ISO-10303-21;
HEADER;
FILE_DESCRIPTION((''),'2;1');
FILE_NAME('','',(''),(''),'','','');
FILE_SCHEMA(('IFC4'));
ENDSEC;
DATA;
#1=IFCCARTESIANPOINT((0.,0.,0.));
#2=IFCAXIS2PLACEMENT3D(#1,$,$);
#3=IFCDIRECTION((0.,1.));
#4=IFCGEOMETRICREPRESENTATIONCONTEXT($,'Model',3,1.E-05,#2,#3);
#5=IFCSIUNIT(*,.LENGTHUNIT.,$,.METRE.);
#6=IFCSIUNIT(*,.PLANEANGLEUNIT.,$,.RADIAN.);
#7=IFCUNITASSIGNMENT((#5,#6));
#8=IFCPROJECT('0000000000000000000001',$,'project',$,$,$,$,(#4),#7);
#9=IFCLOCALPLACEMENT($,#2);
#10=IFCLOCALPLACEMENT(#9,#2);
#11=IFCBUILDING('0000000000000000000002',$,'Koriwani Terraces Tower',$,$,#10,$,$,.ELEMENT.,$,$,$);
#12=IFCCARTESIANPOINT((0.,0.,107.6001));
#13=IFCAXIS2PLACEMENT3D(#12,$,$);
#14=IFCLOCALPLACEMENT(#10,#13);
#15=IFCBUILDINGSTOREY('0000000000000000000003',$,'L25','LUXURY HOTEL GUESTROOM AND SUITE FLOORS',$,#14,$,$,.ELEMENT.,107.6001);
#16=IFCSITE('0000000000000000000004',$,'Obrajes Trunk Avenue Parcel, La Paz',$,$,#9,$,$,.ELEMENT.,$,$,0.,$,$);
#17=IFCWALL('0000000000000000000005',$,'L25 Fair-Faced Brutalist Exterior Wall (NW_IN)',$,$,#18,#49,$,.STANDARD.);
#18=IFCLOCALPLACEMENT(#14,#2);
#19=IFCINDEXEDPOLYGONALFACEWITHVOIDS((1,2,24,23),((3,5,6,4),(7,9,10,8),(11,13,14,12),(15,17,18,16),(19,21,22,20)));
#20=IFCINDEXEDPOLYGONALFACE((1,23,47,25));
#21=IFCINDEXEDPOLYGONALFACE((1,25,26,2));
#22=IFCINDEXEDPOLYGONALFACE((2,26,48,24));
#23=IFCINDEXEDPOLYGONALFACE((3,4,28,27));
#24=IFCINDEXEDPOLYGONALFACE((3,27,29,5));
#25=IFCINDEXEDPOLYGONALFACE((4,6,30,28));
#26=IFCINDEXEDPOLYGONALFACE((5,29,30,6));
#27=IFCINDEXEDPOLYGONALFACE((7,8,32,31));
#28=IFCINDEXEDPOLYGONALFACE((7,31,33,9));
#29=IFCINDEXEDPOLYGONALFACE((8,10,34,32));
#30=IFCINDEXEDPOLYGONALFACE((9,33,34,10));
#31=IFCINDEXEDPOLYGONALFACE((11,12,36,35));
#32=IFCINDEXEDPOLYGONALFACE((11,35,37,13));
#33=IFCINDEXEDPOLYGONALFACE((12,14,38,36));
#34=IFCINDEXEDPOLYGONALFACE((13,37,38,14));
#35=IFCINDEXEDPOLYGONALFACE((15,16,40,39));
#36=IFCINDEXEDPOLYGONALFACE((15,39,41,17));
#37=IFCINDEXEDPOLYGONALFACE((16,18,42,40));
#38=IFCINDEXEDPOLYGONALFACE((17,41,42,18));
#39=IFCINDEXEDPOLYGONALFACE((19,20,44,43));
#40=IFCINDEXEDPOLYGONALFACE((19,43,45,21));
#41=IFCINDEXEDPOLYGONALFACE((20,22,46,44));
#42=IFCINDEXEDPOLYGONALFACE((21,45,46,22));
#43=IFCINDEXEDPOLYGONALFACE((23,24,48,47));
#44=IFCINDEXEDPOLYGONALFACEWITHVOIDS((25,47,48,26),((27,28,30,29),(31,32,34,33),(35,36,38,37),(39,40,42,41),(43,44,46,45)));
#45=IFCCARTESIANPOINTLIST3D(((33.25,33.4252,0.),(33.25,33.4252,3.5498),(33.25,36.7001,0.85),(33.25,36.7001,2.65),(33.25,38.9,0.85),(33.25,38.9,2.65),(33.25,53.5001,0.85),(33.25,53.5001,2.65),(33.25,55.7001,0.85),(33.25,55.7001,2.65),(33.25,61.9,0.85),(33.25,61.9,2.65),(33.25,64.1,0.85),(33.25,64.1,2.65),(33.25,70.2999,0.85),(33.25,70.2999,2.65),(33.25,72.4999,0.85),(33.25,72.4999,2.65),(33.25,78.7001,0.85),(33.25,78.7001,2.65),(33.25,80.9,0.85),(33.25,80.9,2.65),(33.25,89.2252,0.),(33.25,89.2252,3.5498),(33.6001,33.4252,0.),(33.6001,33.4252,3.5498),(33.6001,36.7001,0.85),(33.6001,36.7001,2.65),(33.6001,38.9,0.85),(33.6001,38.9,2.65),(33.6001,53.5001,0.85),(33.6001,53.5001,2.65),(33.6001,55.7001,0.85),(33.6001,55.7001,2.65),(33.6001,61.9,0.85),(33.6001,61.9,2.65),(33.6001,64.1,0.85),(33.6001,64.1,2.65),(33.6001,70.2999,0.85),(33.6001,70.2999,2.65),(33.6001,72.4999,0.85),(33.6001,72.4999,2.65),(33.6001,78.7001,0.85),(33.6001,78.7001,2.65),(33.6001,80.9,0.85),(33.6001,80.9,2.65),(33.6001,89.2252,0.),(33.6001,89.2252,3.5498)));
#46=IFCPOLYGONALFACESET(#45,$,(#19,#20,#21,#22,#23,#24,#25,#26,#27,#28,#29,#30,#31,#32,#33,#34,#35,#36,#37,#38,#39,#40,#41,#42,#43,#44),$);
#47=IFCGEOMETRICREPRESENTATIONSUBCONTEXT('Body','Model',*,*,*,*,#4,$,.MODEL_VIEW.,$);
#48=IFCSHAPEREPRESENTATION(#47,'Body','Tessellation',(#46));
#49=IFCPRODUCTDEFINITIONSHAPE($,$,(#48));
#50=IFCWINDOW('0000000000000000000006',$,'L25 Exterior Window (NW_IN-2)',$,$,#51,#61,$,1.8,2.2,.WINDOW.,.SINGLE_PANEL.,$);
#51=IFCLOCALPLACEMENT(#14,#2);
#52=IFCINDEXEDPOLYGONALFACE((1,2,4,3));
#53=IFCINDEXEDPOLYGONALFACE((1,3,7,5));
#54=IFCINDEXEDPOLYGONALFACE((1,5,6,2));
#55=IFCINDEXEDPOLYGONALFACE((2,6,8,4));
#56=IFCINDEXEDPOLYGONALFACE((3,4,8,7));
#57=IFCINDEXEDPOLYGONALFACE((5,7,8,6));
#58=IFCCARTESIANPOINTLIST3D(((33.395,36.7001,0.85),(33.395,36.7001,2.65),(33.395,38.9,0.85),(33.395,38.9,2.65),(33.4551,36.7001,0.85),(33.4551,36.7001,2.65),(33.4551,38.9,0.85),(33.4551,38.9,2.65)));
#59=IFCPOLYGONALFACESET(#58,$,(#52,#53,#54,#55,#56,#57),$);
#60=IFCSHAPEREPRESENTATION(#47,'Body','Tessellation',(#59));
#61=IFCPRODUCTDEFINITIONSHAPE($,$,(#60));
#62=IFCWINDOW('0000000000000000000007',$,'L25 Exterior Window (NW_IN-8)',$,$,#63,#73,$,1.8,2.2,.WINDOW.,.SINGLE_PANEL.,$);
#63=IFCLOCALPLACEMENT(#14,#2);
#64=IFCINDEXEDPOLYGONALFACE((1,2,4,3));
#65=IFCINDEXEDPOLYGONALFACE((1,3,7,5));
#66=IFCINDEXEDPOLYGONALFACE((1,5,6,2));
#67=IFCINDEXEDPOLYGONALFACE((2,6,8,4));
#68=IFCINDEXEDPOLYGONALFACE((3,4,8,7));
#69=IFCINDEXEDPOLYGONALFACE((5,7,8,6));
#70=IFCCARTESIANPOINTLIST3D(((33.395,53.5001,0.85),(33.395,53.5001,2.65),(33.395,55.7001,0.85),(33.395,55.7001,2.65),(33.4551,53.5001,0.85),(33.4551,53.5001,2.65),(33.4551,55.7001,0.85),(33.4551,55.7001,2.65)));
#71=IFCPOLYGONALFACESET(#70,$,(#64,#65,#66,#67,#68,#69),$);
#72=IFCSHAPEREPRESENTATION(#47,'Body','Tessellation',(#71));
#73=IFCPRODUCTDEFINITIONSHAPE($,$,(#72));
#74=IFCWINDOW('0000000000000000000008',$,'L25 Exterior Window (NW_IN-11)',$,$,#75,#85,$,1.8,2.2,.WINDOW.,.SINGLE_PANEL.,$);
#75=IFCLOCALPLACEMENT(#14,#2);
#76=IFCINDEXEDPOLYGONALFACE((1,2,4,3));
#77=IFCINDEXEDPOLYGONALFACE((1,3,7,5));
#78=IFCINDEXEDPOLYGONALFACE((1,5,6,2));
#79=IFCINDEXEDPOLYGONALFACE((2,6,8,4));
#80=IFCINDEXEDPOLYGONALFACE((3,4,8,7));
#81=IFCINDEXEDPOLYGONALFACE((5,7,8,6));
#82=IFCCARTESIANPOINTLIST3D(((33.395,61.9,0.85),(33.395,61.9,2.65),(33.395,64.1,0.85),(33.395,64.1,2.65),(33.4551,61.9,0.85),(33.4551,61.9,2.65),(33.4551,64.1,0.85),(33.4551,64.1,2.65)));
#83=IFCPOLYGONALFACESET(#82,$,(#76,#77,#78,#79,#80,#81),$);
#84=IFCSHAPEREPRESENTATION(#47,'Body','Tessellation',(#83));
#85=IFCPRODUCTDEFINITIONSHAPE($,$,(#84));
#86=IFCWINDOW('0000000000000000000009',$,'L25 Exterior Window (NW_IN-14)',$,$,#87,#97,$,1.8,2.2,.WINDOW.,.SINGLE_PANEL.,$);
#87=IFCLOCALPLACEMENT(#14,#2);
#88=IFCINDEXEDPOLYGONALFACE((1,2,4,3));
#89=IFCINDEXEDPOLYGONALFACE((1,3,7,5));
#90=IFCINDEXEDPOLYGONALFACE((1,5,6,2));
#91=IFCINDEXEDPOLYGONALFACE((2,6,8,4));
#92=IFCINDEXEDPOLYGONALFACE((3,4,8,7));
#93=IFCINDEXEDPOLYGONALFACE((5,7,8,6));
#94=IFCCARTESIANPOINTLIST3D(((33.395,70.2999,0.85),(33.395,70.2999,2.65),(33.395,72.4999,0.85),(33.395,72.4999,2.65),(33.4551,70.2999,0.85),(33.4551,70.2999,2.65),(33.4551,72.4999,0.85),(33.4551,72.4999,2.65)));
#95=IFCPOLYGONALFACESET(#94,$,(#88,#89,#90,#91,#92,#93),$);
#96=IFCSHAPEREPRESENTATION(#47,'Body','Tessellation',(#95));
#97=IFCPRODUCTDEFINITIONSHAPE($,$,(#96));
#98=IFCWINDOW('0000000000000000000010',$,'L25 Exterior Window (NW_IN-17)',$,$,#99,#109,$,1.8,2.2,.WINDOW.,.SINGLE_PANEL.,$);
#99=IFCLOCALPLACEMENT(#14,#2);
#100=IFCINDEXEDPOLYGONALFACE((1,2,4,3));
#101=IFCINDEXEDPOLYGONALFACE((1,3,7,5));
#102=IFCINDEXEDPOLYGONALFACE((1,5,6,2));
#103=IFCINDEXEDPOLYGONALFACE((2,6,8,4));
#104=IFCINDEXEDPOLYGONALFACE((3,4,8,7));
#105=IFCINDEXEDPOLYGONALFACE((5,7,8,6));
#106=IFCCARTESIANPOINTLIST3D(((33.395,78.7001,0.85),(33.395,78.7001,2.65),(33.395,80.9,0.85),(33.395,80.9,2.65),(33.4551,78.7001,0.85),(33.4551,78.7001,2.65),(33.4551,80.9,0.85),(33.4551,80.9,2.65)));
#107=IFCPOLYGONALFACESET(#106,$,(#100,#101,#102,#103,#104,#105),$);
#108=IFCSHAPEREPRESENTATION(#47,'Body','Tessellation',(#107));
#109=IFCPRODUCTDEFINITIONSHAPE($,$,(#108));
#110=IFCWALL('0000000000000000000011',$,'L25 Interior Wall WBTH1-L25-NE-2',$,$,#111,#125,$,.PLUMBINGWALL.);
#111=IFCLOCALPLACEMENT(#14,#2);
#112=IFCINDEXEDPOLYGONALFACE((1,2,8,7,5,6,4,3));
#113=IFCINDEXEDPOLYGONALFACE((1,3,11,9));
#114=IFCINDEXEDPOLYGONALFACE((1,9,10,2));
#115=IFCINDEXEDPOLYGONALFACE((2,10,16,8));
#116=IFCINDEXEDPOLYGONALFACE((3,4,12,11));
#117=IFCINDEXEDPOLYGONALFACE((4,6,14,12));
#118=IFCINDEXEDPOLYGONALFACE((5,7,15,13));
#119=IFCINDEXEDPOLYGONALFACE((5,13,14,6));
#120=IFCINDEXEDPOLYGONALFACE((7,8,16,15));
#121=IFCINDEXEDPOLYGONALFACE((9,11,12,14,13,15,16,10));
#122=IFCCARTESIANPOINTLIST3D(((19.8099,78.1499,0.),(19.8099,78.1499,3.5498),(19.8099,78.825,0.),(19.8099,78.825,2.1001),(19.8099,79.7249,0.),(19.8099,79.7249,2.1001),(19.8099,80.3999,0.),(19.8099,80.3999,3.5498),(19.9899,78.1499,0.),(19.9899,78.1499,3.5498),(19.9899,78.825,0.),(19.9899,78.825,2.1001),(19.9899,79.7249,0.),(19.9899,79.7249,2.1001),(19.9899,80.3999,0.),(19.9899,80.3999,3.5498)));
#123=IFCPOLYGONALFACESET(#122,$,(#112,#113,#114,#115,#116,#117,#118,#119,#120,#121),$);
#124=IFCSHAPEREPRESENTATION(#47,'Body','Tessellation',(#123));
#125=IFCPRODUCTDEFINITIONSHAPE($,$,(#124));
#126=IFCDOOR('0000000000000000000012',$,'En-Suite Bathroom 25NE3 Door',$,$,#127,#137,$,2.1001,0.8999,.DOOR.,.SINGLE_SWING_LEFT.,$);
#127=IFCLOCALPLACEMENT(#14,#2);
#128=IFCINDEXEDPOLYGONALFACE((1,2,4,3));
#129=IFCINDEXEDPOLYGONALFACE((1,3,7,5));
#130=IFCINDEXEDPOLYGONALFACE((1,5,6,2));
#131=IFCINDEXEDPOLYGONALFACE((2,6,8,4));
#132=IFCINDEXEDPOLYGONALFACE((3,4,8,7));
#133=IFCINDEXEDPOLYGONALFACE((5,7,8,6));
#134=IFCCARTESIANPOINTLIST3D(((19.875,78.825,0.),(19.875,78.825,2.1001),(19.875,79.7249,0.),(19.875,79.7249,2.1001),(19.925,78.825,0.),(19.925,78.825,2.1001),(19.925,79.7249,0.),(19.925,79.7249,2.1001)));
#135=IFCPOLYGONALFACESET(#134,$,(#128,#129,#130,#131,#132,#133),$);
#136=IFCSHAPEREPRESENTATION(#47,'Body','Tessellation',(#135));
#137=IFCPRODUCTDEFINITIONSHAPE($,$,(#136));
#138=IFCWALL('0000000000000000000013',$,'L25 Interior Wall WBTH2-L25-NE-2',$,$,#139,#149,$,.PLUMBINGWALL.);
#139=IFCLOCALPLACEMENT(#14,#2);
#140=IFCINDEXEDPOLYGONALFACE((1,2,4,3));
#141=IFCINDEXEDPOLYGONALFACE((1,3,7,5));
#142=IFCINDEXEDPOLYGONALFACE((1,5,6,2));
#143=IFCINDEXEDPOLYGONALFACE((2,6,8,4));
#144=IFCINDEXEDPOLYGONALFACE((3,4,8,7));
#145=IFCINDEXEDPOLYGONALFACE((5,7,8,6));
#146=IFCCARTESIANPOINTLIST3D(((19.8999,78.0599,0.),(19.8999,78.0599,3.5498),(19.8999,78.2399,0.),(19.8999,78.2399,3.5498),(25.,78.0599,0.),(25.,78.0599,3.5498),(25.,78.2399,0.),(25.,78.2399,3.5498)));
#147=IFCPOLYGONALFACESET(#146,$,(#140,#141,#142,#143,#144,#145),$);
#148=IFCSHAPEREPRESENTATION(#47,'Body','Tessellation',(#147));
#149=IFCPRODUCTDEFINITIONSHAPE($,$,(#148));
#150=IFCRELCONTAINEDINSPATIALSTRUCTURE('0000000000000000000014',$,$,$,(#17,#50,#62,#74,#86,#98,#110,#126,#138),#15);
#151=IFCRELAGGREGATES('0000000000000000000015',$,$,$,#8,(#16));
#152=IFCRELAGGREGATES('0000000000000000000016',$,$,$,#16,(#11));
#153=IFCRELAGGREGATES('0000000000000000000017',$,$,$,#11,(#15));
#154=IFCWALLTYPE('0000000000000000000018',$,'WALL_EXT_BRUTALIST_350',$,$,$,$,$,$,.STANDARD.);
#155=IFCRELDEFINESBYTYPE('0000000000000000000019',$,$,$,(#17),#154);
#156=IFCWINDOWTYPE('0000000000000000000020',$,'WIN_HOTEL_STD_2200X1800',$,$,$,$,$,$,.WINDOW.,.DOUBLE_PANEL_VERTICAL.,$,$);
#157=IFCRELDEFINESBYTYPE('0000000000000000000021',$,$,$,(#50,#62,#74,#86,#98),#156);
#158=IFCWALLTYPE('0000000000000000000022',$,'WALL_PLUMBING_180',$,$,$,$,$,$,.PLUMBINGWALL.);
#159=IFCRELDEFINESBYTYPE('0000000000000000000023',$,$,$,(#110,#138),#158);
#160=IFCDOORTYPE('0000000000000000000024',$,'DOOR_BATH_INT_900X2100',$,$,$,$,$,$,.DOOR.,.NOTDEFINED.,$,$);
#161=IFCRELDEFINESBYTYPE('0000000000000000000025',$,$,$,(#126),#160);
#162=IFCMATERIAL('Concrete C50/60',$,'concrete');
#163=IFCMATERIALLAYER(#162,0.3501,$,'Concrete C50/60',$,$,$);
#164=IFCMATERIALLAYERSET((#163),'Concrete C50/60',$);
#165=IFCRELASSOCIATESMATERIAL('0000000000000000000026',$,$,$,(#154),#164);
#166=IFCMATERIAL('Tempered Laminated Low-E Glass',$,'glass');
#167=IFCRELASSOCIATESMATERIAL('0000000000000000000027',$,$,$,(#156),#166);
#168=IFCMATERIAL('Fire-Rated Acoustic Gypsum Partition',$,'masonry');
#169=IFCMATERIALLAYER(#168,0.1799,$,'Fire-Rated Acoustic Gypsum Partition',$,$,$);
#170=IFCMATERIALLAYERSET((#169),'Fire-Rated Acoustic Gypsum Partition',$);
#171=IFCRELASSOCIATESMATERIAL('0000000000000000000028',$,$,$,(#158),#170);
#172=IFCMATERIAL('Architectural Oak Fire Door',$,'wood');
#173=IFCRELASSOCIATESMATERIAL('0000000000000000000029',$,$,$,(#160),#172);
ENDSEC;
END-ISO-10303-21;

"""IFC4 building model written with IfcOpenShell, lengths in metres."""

from ifc_helpers import new_model, si_unit, direction, frame, frame_2d, origin, place, context, subcontext, project, spatial, rectangle, extrude, material, layer, layer_set, type_object, element, fill, save


model = new_model("IFC4")

# Units and contexts
model_context = context("Model", 3, precision=1e-05, world=origin(), true_north=direction((0.0, 1.0)))
body_context = subcontext(model_context, "Body", "Model", "MODEL_VIEW")
ifc_project = project(units=[si_unit("LENGTHUNIT", "METRE"), si_unit("PLANEANGLEUNIT", "RADIAN")], contexts=[model_context])

# Site, building, storey
site_placement = place(None, origin())
site = spatial("IfcSite", under=ifc_project, at=site_placement, Name="Obrajes Trunk Avenue Parcel, La Paz", CompositionType="ELEMENT", RefElevation=0.0)
building_placement = place(site_placement, origin())
building = spatial("IfcBuilding", under=site, at=building_placement, Name="Koriwani Terraces Tower", CompositionType="ELEMENT")
storey_placement = place(building_placement, frame((0.0, 0.0, 107.6001)))
storey = spatial("IfcBuildingStorey", under=building, at=storey_placement, Name="L25", Description="LUXURY HOTEL GUESTROOM AND SUITE FLOORS", CompositionType="ELEMENT", Elevation=107.6001)

# Shared definitions
ifc_material_1 = material(Name="Concrete C50/60", Category="concrete")

# Shared definitions
ifc_layer_1 = layer(ifc_material_1, 0.3501, Name="Concrete C50/60")
ifc_layer_set_1 = layer_set([ifc_layer_1], Name="Concrete C50/60")
wall_type_1 = type_object("IfcWallType", Name="WALL_EXT_BRUTALIST_350", PredefinedType="STANDARD", material=ifc_layer_set_1)

# Wall, openings, windows
wall_1_placement = place(storey_placement, frame((33.425, 89.2251, 0.0), z_axis=(0.0, 0.0, 1.0), x_axis=(0.0, -1.0, 0.0)))
wall_1 = element("IfcWall", 1, at=wall_1_placement, inside=storey, type_object=wall_type_1, Name="L25 Fair-Faced Brutalist Exterior Wall (NW_IN)", PredefinedType="STANDARD", context=body_context, shape_type="SweptSolid", body=[
    extrude(rectangle(XDim=55.8, YDim=0.3501, at=frame_2d((27.8999, 0.0))), origin(), (0.0, 0.0, 1.0), 3.5498),
])
opening_1_placement = place(wall_1_placement, frame((50.325, 0.0, 0.8501)))
opening_1 = element("IfcOpeningElement", 2, at=opening_1_placement, cuts=wall_1, PredefinedType="OPENING", context=body_context, shape_type="SweptSolid", body=[
    extrude(rectangle(XDim=2.2, YDim=1.8, at=frame_2d((1.1001, 0.8999))), frame((0.0, 0.1851, 0.0), z_axis=(0.0, -1.0, 0.0), x_axis=(1.0, 0.0, 0.0)), (0.0, 0.0, 1.0), 0.3701),
])
opening_2_placement = place(wall_1_placement, frame((33.5249, 0.0, 0.8501)))
opening_2 = element("IfcOpeningElement", 3, at=opening_2_placement, cuts=wall_1, PredefinedType="OPENING", context=body_context, shape_type="SweptSolid", body=[
    extrude(rectangle(XDim=2.2, YDim=1.8, at=frame_2d((1.1001, 0.8999))), frame((0.0, 0.1851, 0.0), z_axis=(0.0, -1.0, 0.0), x_axis=(1.0, 0.0, 0.0)), (0.0, 0.0, 1.0), 0.3701),
])
opening_3_placement = place(wall_1_placement, frame((25.125, 0.0, 0.8501)))
opening_3 = element("IfcOpeningElement", 4, at=opening_3_placement, cuts=wall_1, PredefinedType="OPENING", context=body_context, shape_type="SweptSolid", body=[
    extrude(rectangle(XDim=2.2, YDim=1.8, at=frame_2d((1.1001, 0.8999))), frame((0.0, 0.1851, 0.0), z_axis=(0.0, -1.0, 0.0), x_axis=(1.0, 0.0, 0.0)), (0.0, 0.0, 1.0), 0.3701),
])
opening_4_placement = place(wall_1_placement, frame((16.7251, 0.0, 0.8501)))
opening_4 = element("IfcOpeningElement", 5, at=opening_4_placement, cuts=wall_1, PredefinedType="OPENING", context=body_context, shape_type="SweptSolid", body=[
    extrude(rectangle(XDim=2.2, YDim=1.8, at=frame_2d((1.1001, 0.8999))), frame((0.0, 0.1851, 0.0), z_axis=(0.0, -1.0, 0.0), x_axis=(1.0, 0.0, 0.0)), (0.0, 0.0, 1.0), 0.3701),
])
opening_5_placement = place(wall_1_placement, frame((8.325, 0.0, 0.8501)))
opening_5 = element("IfcOpeningElement", 6, at=opening_5_placement, cuts=wall_1, PredefinedType="OPENING", context=body_context, shape_type="SweptSolid", body=[
    extrude(rectangle(XDim=2.2, YDim=1.8, at=frame_2d((1.1001, 0.8999))), frame((0.0, 0.1851, 0.0), z_axis=(0.0, -1.0, 0.0), x_axis=(1.0, 0.0, 0.0)), (0.0, 0.0, 1.0), 0.3701),
])
ifc_material_2 = material(Name="Tempered Laminated Low-E Glass", Category="glass")
window_type = type_object("IfcWindowType", Name="WIN_HOTEL_STD_2200X1800", PartitioningType="DOUBLE_PANEL_VERTICAL", PredefinedType="WINDOW", material=ifc_material_2)
window_1_placement = place(opening_1_placement, origin())
window_1 = element("IfcWindow", 7, at=window_1_placement, inside=storey, type_object=window_type, Name="L25 Exterior Window (NW_IN-2)", OverallHeight=1.8, OverallWidth=2.2, PartitioningType="SINGLE_PANEL", PredefinedType="WINDOW", context=body_context, shape_type="SweptSolid", body=[
    extrude(rectangle(XDim=2.2, YDim=1.8, at=frame_2d((1.1001, 0.8999))), frame((0.0, 0.03, 0.0), z_axis=(0.0, -1.0, 0.0), x_axis=(1.0, 0.0, 0.0)), (0.0, 0.0, 1.0), 0.0601),
])
fill(opening_1, window_1)
window_2_placement = place(opening_2_placement, origin())
window_2 = element("IfcWindow", 8, at=window_2_placement, inside=storey, type_object=window_type, Name="L25 Exterior Window (NW_IN-8)", OverallHeight=1.8, OverallWidth=2.2, PartitioningType="SINGLE_PANEL", PredefinedType="WINDOW", context=body_context, shape_type="SweptSolid", body=[
    extrude(rectangle(XDim=2.2, YDim=1.8, at=frame_2d((1.1001, 0.8999))), frame((0.0, 0.03, 0.0), z_axis=(0.0, -1.0, 0.0), x_axis=(1.0, 0.0, 0.0)), (0.0, 0.0, 1.0), 0.0601),
])
fill(opening_2, window_2)
window_3_placement = place(opening_3_placement, origin())
window_3 = element("IfcWindow", 9, at=window_3_placement, inside=storey, type_object=window_type, Name="L25 Exterior Window (NW_IN-11)", OverallHeight=1.8, OverallWidth=2.2, PartitioningType="SINGLE_PANEL", PredefinedType="WINDOW", context=body_context, shape_type="SweptSolid", body=[
    extrude(rectangle(XDim=2.2, YDim=1.8, at=frame_2d((1.1001, 0.8999))), frame((0.0, 0.03, 0.0), z_axis=(0.0, -1.0, 0.0), x_axis=(1.0, 0.0, 0.0)), (0.0, 0.0, 1.0), 0.0601),
])
fill(opening_3, window_3)
window_4_placement = place(opening_4_placement, origin())
window_4 = element("IfcWindow", 10, at=window_4_placement, inside=storey, type_object=window_type, Name="L25 Exterior Window (NW_IN-14)", OverallHeight=1.8, OverallWidth=2.2, PartitioningType="SINGLE_PANEL", PredefinedType="WINDOW", context=body_context, shape_type="SweptSolid", body=[
    extrude(rectangle(XDim=2.2, YDim=1.8, at=frame_2d((1.1001, 0.8999))), frame((0.0, 0.03, 0.0), z_axis=(0.0, -1.0, 0.0), x_axis=(1.0, 0.0, 0.0)), (0.0, 0.0, 1.0), 0.0601),
])
fill(opening_4, window_4)
window_5_placement = place(opening_5_placement, origin())
window_5 = element("IfcWindow", 11, at=window_5_placement, inside=storey, type_object=window_type, Name="L25 Exterior Window (NW_IN-17)", OverallHeight=1.8, OverallWidth=2.2, PartitioningType="SINGLE_PANEL", PredefinedType="WINDOW", context=body_context, shape_type="SweptSolid", body=[
    extrude(rectangle(XDim=2.2, YDim=1.8, at=frame_2d((1.1001, 0.8999))), frame((0.0, 0.03, 0.0), z_axis=(0.0, -1.0, 0.0), x_axis=(1.0, 0.0, 0.0)), (0.0, 0.0, 1.0), 0.0601),
])
fill(opening_5, window_5)

# Wall, opening, door
ifc_material_3 = material(Name="Fire-Rated Acoustic Gypsum Partition", Category="masonry")
ifc_layer_2 = layer(ifc_material_3, 0.1799, Name="Fire-Rated Acoustic Gypsum Partition")
ifc_layer_set_2 = layer_set([ifc_layer_2], Name="Fire-Rated Acoustic Gypsum Partition")
wall_type_2 = type_object("IfcWallType", Name="WALL_PLUMBING_180", PredefinedType="PLUMBINGWALL", material=ifc_layer_set_2)
wall_2_placement = place(storey_placement, frame((19.8999, 78.1499, 0.0), z_axis=(0.0, 0.0, 1.0), x_axis=(0.0, 1.0, 0.0)))
wall_2 = element("IfcWall", 12, at=wall_2_placement, inside=storey, type_object=wall_type_2, Name="L25 Interior Wall WBTH1-L25-NE-2", PredefinedType="PLUMBINGWALL", context=body_context, shape_type="SweptSolid", body=[
    extrude(rectangle(XDim=2.25, YDim=0.1799, at=frame_2d((1.125, 0.0))), origin(), (0.0, 0.0, 1.0), 3.5498),
])
opening_6_placement = place(wall_2_placement, frame((0.675, 0.0, 0.0)))
opening_6 = element("IfcOpeningElement", 13, at=opening_6_placement, cuts=wall_2, PredefinedType="OPENING", context=body_context, shape_type="SweptSolid", body=[
    extrude(rectangle(XDim=0.8999, YDim=2.1001, at=frame_2d((0.45, 1.05))), frame((0.0, 0.1001, 0.0), z_axis=(0.0, -1.0, 0.0), x_axis=(1.0, 0.0, 0.0)), (0.0, 0.0, 1.0), 0.2),
])
ifc_material_4 = material(Name="Architectural Oak Fire Door", Category="wood")
door_type = type_object("IfcDoorType", Name="DOOR_BATH_INT_900X2100", OperationType="NOTDEFINED", PredefinedType="DOOR", material=ifc_material_4)
door_1_placement = place(opening_6_placement, origin())
door_1 = element("IfcDoor", 14, at=door_1_placement, inside=storey, type_object=door_type, Name="En-Suite Bathroom 25NE3 Door", OperationType="SINGLE_SWING_LEFT", OverallHeight=2.1001, OverallWidth=0.8999, PredefinedType="DOOR", context=body_context, shape_type="SweptSolid", body=[
    extrude(rectangle(XDim=0.8999, YDim=2.1001, at=frame_2d((0.45, 1.05))), frame((0.0, 0.0249, 0.0), z_axis=(0.0, -1.0, 0.0), x_axis=(1.0, 0.0, 0.0)), (0.0, 0.0, 1.0), 0.05),
])
fill(opening_6, door_1)

# Wall
wall_3_placement = place(storey_placement, frame((19.8999, 78.1499, 0.0), z_axis=(0.0, 0.0, 1.0), x_axis=(1.0, 0.0, 0.0)))
element("IfcWall", 15, at=wall_3_placement, inside=storey, type_object=wall_type_2, Name="L25 Interior Wall WBTH2-L25-NE-2", PredefinedType="PLUMBINGWALL", context=body_context, shape_type="SweptSolid", body=[
    extrude(rectangle(XDim=5.1001, YDim=0.1799, at=frame_2d((2.55, 0.0))), origin(), (0.0, 0.0, 1.0), 3.5498),
])

save(model, "model.ifc")
